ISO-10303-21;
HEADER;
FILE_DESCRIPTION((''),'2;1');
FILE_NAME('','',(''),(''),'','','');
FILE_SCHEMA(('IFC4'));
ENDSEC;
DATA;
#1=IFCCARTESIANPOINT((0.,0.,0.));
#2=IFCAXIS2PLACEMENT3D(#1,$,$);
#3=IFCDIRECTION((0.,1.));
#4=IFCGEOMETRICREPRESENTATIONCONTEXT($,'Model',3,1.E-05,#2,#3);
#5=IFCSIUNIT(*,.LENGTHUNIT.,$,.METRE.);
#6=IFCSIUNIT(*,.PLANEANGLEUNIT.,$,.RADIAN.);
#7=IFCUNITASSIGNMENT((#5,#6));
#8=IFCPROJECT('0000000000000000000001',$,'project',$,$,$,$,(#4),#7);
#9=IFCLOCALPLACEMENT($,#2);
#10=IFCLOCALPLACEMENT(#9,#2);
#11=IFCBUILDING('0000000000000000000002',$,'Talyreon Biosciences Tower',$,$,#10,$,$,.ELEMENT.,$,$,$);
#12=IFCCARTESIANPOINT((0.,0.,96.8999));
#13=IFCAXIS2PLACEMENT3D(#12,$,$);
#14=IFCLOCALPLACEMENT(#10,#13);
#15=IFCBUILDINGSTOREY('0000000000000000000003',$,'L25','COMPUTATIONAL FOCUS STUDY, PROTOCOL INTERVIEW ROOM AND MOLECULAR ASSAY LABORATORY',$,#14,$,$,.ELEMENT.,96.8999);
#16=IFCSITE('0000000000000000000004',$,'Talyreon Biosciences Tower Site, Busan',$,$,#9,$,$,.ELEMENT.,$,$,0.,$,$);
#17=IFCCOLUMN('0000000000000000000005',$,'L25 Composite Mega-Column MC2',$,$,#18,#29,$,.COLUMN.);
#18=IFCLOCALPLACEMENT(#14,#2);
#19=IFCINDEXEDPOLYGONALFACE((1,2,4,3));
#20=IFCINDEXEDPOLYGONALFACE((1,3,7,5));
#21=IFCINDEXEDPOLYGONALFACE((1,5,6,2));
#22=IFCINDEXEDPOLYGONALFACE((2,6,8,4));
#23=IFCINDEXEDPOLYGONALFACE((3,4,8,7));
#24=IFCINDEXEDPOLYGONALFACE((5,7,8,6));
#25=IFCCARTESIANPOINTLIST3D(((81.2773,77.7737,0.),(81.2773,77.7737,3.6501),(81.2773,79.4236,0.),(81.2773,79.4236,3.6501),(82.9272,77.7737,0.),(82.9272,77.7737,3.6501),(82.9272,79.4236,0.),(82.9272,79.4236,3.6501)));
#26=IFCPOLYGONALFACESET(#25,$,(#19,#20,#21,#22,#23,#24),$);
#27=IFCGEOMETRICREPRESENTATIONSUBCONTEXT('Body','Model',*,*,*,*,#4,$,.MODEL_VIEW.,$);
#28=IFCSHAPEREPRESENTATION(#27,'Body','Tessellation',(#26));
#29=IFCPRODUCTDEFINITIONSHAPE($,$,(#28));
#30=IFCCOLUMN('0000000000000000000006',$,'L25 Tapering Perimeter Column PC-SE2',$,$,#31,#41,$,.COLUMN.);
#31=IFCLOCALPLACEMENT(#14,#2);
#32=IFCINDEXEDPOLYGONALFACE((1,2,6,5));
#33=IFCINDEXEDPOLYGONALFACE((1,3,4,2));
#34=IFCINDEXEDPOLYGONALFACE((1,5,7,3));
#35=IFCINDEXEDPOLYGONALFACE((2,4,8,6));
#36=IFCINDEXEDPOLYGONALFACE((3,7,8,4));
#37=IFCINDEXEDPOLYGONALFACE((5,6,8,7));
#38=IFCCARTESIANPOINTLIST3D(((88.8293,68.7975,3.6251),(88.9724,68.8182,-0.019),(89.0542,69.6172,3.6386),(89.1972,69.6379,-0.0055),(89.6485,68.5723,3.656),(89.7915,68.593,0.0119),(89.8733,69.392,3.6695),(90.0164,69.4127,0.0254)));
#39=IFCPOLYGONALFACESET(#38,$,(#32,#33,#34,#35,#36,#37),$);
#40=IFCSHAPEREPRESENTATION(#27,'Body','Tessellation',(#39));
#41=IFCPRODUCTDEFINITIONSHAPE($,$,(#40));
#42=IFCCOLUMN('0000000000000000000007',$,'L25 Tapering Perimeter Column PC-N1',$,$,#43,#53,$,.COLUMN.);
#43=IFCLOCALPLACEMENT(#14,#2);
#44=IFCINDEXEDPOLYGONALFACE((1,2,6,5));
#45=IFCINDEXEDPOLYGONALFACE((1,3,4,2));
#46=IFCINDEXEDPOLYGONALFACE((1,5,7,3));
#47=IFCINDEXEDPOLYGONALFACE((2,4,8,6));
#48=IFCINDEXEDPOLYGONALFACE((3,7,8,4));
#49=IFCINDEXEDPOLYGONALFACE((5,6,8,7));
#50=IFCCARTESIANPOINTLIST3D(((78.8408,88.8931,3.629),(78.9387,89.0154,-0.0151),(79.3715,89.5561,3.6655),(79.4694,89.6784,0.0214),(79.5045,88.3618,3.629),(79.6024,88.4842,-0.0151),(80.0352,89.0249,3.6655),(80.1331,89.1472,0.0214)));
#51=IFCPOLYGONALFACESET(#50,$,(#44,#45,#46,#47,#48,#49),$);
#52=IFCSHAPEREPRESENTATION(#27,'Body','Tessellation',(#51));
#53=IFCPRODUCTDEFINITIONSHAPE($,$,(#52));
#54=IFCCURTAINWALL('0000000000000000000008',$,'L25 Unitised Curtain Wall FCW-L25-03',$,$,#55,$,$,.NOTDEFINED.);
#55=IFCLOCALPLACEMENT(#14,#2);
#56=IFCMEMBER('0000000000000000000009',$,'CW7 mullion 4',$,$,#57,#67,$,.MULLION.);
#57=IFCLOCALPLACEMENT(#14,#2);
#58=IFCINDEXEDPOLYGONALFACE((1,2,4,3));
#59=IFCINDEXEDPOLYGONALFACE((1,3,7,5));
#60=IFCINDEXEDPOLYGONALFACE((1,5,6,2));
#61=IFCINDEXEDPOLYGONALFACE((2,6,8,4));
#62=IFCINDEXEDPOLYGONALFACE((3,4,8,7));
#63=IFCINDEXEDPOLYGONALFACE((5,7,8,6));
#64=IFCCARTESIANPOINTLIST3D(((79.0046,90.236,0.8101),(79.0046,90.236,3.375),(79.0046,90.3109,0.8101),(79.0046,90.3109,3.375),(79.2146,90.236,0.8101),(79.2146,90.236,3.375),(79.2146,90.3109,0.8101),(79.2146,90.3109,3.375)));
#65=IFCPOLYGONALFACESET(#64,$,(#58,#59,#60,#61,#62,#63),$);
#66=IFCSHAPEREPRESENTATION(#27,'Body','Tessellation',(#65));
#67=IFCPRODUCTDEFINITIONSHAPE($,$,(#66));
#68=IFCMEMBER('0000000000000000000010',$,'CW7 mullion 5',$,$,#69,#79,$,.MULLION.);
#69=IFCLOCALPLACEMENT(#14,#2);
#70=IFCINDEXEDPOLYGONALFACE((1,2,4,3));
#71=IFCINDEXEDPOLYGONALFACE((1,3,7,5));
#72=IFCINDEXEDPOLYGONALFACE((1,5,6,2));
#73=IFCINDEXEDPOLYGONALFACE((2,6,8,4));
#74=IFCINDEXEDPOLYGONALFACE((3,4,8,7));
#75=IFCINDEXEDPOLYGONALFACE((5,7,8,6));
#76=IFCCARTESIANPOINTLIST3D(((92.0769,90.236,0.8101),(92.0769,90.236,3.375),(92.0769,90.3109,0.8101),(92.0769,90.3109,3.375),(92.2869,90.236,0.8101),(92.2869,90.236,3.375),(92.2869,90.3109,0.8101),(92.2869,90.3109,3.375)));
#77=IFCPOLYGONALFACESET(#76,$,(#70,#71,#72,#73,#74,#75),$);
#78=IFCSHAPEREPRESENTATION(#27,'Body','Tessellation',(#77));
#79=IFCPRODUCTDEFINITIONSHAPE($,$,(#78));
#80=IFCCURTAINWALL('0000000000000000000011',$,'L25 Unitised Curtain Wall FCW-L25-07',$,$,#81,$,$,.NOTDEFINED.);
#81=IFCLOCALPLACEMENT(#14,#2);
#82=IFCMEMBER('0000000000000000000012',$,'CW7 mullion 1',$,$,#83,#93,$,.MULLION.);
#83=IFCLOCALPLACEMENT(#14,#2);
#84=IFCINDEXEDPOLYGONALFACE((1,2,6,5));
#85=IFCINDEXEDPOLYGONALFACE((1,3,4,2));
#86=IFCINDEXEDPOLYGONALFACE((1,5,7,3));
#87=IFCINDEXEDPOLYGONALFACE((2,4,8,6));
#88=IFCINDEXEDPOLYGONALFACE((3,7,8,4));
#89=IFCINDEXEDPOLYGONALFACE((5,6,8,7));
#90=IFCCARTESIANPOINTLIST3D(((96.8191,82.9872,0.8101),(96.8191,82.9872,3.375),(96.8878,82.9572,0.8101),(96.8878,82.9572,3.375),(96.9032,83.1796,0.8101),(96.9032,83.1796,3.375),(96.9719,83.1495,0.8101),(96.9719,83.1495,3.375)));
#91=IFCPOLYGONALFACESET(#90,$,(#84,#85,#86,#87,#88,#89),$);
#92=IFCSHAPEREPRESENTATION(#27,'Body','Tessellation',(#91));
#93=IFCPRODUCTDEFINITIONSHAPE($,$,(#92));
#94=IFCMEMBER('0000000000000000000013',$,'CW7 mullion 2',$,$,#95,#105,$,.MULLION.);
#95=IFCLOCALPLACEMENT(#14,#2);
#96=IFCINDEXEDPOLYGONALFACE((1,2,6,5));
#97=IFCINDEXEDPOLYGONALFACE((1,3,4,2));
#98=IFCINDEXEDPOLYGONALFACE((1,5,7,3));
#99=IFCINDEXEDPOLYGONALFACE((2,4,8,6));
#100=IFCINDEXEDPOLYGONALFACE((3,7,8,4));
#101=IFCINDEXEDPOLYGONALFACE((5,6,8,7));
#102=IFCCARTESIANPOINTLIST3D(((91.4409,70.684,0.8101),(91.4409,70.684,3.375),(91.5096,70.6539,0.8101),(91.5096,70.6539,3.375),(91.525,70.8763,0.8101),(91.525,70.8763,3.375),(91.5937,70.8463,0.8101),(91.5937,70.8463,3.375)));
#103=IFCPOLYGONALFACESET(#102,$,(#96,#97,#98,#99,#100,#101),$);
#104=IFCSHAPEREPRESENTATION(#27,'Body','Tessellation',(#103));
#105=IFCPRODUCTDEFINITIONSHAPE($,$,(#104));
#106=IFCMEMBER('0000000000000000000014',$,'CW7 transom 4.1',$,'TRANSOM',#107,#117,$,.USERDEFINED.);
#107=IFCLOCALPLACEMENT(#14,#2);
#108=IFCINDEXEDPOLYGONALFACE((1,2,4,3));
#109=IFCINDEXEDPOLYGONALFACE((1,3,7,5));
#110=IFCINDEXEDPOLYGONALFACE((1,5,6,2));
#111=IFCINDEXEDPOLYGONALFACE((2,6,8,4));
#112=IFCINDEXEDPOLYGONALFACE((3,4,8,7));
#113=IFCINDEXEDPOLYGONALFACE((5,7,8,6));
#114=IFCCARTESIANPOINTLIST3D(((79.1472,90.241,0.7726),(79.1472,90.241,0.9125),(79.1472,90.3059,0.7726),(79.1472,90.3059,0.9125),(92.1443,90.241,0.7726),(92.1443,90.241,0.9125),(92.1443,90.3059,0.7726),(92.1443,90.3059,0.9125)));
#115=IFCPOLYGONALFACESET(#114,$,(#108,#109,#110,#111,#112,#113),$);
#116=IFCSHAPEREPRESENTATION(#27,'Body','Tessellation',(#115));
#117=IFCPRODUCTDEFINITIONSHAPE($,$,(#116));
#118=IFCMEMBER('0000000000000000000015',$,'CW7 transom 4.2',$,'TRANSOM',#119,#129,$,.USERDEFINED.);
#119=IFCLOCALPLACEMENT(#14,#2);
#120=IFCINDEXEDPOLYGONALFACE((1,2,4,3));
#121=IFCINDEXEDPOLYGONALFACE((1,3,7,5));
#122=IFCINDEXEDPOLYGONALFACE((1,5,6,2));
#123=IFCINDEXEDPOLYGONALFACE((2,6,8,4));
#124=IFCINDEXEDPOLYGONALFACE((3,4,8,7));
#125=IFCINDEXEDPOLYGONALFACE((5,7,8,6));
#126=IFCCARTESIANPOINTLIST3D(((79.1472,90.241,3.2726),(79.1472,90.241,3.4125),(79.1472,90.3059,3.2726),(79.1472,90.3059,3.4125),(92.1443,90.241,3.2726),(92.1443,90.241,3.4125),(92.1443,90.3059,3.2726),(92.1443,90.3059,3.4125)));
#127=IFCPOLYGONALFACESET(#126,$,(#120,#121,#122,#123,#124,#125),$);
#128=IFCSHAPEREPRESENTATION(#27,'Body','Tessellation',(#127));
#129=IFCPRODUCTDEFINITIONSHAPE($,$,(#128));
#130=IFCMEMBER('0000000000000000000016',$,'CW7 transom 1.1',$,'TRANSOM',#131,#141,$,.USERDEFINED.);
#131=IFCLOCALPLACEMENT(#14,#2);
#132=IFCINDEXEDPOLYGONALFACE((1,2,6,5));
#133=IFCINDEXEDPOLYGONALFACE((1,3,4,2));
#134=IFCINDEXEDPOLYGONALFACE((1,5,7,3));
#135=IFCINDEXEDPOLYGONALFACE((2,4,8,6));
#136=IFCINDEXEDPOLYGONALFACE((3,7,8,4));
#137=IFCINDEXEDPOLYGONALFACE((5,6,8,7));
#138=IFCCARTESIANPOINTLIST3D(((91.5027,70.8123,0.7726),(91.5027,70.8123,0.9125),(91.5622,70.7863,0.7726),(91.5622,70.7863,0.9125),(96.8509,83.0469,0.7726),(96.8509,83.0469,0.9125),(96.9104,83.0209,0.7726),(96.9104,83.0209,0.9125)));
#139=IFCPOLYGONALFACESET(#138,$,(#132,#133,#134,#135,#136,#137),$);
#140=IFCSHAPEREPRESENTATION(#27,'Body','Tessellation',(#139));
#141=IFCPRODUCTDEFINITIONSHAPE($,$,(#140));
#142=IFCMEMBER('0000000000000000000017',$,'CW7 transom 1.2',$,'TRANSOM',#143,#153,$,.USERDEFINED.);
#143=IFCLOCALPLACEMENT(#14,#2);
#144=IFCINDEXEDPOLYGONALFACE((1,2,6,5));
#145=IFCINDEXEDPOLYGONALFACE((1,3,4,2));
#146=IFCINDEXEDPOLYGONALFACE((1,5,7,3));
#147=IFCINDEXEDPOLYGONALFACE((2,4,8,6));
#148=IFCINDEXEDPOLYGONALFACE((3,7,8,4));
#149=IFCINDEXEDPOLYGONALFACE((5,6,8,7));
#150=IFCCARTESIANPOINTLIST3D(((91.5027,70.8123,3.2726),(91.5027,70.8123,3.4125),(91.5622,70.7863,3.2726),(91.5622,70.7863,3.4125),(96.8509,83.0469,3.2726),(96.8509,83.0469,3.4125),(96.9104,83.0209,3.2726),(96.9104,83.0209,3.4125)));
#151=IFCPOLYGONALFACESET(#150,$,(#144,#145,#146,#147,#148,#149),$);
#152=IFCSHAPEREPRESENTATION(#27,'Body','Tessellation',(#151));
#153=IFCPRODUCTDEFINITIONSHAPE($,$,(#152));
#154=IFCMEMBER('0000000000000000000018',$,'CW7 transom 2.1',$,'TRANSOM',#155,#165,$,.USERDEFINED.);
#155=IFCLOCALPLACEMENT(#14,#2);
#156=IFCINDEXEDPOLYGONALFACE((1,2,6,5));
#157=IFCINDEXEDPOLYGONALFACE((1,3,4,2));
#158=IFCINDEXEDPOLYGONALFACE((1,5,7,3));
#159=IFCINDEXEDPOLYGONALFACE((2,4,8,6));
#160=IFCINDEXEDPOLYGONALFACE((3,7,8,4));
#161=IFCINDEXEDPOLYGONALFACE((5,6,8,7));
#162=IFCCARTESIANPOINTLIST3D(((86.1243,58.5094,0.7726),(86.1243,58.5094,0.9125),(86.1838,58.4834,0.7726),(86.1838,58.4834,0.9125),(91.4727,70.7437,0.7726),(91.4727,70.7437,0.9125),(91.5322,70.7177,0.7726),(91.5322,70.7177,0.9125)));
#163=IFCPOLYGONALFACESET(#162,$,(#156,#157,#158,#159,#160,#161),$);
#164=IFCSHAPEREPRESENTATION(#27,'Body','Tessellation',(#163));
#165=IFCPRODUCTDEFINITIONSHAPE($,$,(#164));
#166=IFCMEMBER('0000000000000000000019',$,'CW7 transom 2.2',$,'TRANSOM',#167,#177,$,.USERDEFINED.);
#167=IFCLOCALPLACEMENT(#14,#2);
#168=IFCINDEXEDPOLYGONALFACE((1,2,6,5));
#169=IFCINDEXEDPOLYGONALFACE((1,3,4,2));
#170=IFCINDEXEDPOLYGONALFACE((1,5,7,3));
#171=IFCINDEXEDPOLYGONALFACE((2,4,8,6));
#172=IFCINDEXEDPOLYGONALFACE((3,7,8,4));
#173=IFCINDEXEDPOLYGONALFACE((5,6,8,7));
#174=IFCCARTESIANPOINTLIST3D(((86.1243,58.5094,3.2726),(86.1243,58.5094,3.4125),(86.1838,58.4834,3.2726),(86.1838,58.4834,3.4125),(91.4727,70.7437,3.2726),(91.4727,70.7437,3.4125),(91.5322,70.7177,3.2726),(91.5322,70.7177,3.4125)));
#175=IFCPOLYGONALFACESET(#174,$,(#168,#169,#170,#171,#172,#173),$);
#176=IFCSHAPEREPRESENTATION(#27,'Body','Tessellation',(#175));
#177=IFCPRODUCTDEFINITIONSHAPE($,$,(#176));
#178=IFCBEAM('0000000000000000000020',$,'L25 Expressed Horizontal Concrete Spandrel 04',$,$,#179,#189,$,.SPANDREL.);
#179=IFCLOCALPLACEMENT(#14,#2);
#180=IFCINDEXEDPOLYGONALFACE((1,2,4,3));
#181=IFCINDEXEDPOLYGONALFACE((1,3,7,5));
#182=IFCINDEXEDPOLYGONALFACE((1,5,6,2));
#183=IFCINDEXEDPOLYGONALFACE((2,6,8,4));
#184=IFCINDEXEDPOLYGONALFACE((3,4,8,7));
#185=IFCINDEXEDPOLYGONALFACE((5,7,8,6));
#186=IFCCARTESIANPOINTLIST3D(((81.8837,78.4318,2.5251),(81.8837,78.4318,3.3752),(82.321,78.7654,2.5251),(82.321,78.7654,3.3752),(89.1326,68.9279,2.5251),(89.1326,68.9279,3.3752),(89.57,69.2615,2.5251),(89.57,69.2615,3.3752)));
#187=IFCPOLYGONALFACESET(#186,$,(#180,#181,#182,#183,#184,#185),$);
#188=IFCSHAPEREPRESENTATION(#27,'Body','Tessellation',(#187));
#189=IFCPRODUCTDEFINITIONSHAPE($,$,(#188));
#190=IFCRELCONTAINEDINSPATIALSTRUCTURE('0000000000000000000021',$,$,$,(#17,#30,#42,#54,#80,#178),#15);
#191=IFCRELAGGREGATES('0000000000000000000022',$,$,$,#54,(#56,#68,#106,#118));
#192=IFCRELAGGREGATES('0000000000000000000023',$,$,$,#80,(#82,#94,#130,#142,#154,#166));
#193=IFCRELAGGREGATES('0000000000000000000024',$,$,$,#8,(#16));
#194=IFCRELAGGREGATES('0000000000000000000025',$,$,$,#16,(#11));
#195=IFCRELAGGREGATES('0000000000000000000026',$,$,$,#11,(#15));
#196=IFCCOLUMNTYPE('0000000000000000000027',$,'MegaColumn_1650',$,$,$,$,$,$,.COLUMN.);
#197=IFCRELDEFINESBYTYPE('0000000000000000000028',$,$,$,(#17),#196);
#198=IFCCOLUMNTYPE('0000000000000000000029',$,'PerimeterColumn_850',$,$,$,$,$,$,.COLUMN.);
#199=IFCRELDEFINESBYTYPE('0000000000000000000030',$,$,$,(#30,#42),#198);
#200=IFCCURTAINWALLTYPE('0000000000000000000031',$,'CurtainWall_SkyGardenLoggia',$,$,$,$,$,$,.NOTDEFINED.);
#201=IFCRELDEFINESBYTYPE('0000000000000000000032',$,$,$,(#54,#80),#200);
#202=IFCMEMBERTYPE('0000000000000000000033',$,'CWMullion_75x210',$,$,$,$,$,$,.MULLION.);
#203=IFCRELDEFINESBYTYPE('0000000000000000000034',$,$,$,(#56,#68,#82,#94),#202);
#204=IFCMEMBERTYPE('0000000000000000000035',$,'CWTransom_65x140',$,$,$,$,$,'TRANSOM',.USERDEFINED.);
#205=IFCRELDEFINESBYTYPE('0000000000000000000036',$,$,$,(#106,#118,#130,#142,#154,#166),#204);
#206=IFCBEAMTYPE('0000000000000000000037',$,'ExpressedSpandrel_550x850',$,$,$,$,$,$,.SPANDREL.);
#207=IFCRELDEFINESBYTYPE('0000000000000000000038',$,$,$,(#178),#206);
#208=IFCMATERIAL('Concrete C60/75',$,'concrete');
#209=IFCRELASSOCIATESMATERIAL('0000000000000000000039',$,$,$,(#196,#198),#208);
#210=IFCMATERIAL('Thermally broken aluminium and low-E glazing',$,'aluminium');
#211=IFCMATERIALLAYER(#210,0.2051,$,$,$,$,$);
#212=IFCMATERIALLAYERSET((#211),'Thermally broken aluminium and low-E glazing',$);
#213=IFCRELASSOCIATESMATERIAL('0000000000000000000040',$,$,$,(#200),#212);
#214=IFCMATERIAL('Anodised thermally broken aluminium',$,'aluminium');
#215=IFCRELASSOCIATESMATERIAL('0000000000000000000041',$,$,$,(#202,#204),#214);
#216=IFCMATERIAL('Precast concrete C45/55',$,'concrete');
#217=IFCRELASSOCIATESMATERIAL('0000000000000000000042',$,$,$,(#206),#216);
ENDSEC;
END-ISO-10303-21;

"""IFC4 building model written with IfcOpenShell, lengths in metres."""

from ifc_helpers import new_model, si_unit, direction, frame, origin, origin_2d, place, context, subcontext, project, spatial, rectangle, extrude, material, layer, layer_set, material_profile, profile_set, type_object, element, aggregate, save


model = new_model("IFC4")

# Units and contexts
model_context = context("Model", 3, precision=1e-05, world=origin(), true_north=direction((0.0, 1.0)))
body_context = subcontext(model_context, "Body", "Model", "MODEL_VIEW")
ifc_project = project(units=[si_unit("LENGTHUNIT", "METRE"), si_unit("PLANEANGLEUNIT", "RADIAN")], contexts=[model_context])

# Site, building, storey
site_placement = place(None, origin())
site = spatial("IfcSite", under=ifc_project, at=site_placement, Name="Talyreon Biosciences Tower Site, Busan", CompositionType="ELEMENT", RefElevation=0.0)
building_placement = place(site_placement, origin())
building = spatial("IfcBuilding", under=site, at=building_placement, Name="Talyreon Biosciences Tower", CompositionType="ELEMENT")
storey_placement = place(building_placement, frame((0.0, 0.0, 96.8999)))
storey = spatial("IfcBuildingStorey", under=building, at=storey_placement, Name="L25", Description="COMPUTATIONAL FOCUS STUDY, PROTOCOL INTERVIEW ROOM AND MOLECULAR ASSAY LABORATORY", CompositionType="ELEMENT", Elevation=96.8999)

# Columns
ifc_material_1 = material(Name="Concrete C60/75", Category="concrete")
ifc_material_profile_1 = material_profile(ifc_material_1, rectangle(XDim=1.6499, YDim=1.6499, at=origin_2d()), Name="RC 1650x1650")
ifc_profile_set_1 = profile_set([ifc_material_profile_1], Name="Concrete C60/75")
column_type_1 = type_object("IfcColumnType", Name="MegaColumn_1650", PredefinedType="COLUMN", material=ifc_profile_set_1)
column_1_placement = place(storey_placement, frame((82.1023, 78.5986, 0.0), z_axis=(0.0, 0.0, 1.0), x_axis=(1.0, 0.0, 0.0)))
element("IfcColumn", 1, at=column_1_placement, inside=storey, type_object=column_type_1, Name="L25 Composite Mega-Column MC2", PredefinedType="COLUMN", context=body_context, shape_type="SweptSolid", body=[
    extrude(rectangle(XDim=1.6499, YDim=1.6499, at=origin_2d()), origin(), (0.0, 0.0, 1.0), 3.6501),
])
ifc_material_profile_2 = material_profile(ifc_material_1, rectangle(XDim=0.8501, YDim=0.8501, at=origin_2d()), Name="RC 850x850")
ifc_profile_set_2 = profile_set([ifc_material_profile_2], Name="Concrete C60/75")
column_type_2 = type_object("IfcColumnType", Name="PerimeterColumn_850", PredefinedType="COLUMN", material=ifc_profile_set_2)
column_2_placement = place(storey_placement, frame((89.4944, 69.1155, 0.0032), z_axis=(-0.039229, -0.00569, 0.999214), x_axis=(0.963588, -0.264915, 0.036322)))
element("IfcColumn", 2, at=column_2_placement, inside=storey, type_object=column_type_2, Name="L25 Tapering Perimeter Column PC-SE2", PredefinedType="COLUMN", context=body_context, shape_type="SweptSolid", body=[
    extrude(rectangle(XDim=0.8501, YDim=0.8501, at=origin_2d()), origin(), (0.0, 0.0, 1.0), 3.647),
])
column_3_placement = place(storey_placement, frame((79.5359, 89.0813, 0.0032), z_axis=(-0.026841, -0.033535, 0.999077), x_axis=(-0.780717, 0.624885, 0.0)))
element("IfcColumn", 3, at=column_3_placement, inside=storey, type_object=column_type_2, Name="L25 Tapering Perimeter Column PC-N1", PredefinedType="COLUMN", context=body_context, shape_type="SweptSolid", body=[
    extrude(rectangle(XDim=0.8501, YDim=0.8501, at=origin_2d()), origin(), (0.0, 0.0, 1.0), 3.6475),
])

# Curtain walls, members
ifc_material_2 = material(Name="Thermally broken aluminium and low-E glazing", Category="aluminium")
ifc_layer_1 = layer(ifc_material_2, 0.2051)
ifc_layer_set_1 = layer_set([ifc_layer_1], Name="Thermally broken aluminium and low-E glazing")
curtain_wall_type = type_object("IfcCurtainWallType", Name="CurtainWall_SkyGardenLoggia", PredefinedType="NOTDEFINED", material=ifc_layer_set_1)
curtain_wall_1_placement = place(storey_placement, origin())
curtain_wall_1 = element("IfcCurtainWall", 4, at=curtain_wall_1_placement, inside=storey, type_object=curtain_wall_type, Name="L25 Unitised Curtain Wall FCW-L25-03", PredefinedType="NOTDEFINED")
ifc_material_3 = material(Name="Anodised thermally broken aluminium", Category="aluminium")
ifc_material_profile_3 = material_profile(ifc_material_3, rectangle(XDim=0.075, YDim=0.21, at=origin_2d()), Name="ALUM MULLION 75x210")
ifc_profile_set_3 = profile_set([ifc_material_profile_3], Name="Anodised thermally broken aluminium")
member_type_1 = type_object("IfcMemberType", Name="CWMullion_75x210", PredefinedType="MULLION", material=ifc_profile_set_3)
member_1_placement = place(storey_placement, frame((79.1096, 90.2734, 0.8101), z_axis=(0.0, 0.0, 1.0), x_axis=(0.0, 1.0, 0.0)))
member_1 = element("IfcMember", 5, at=member_1_placement, type_object=member_type_1, Name="CW7 mullion 4", PredefinedType="MULLION", context=body_context, shape_type="SweptSolid", body=[
    extrude(rectangle(XDim=0.075, YDim=0.21, at=origin_2d()), origin(), (0.0, 0.0, 1.0), 2.5649),
])
member_2_placement = place(storey_placement, frame((92.1819, 90.2734, 0.8101), z_axis=(0.0, 0.0, 1.0), x_axis=(0.0, 1.0, 0.0)))
member_2 = element("IfcMember", 6, at=member_2_placement, type_object=member_type_1, Name="CW7 mullion 5", PredefinedType="MULLION", context=body_context, shape_type="SweptSolid", body=[
    extrude(rectangle(XDim=0.075, YDim=0.21, at=origin_2d()), origin(), (0.0, 0.0, 1.0), 2.5649),
])
curtain_wall_2_placement = place(storey_placement, origin())
curtain_wall_2 = element("IfcCurtainWall", 7, at=curtain_wall_2_placement, inside=storey, type_object=curtain_wall_type, Name="L25 Unitised Curtain Wall FCW-L25-07", PredefinedType="NOTDEFINED")
member_3_placement = place(storey_placement, frame((96.8955, 83.0684, 0.8101), z_axis=(0.0, 0.0, 1.0), x_axis=(0.916278, -0.400543, 0.0)))
member_3 = element("IfcMember", 8, at=member_3_placement, type_object=member_type_1, Name="CW7 mullion 1", PredefinedType="MULLION", context=body_context, shape_type="SweptSolid", body=[
    extrude(rectangle(XDim=0.075, YDim=0.21, at=origin_2d()), origin(), (0.0, 0.0, 1.0), 2.5649),
])
member_4_placement = place(storey_placement, frame((91.5173, 70.7651, 0.8101), z_axis=(0.0, 0.0, 1.0), x_axis=(0.916278, -0.400543, 0.0)))
member_4 = element("IfcMember", 9, at=member_4_placement, type_object=member_type_1, Name="CW7 mullion 2", PredefinedType="MULLION", context=body_context, shape_type="SweptSolid", body=[
    extrude(rectangle(XDim=0.075, YDim=0.21, at=origin_2d()), origin(), (0.0, 0.0, 1.0), 2.5649),
])

# Members
ifc_material_profile_4 = material_profile(ifc_material_3, rectangle(XDim=0.0649, YDim=0.1399, at=origin_2d()), Name="ALUM TRANSOM 65x140")
ifc_profile_set_4 = profile_set([ifc_material_profile_4], Name="Anodised thermally broken aluminium")
member_type_2 = type_object("IfcMemberType", Name="CWTransom_65x140", ElementType="TRANSOM", PredefinedType="USERDEFINED", material=ifc_profile_set_4)
member_5_placement = place(storey_placement, frame((79.1472, 90.2734, 0.8425), z_axis=(1.0, 0.0, 0.0), x_axis=(0.0, 1.0, 0.0)))
member_5 = element("IfcMember", 10, at=member_5_placement, type_object=member_type_2, Name="CW7 transom 4.1", ObjectType="TRANSOM", PredefinedType="USERDEFINED", context=body_context, shape_type="SweptSolid", body=[
    extrude(rectangle(XDim=0.0649, YDim=0.1399, at=origin_2d()), origin(), (0.0, 0.0, 1.0), 12.9971),
])
member_6_placement = place(storey_placement, frame((79.1472, 90.2734, 3.3425), z_axis=(1.0, 0.0, 0.0), x_axis=(0.0, 1.0, 0.0)))
member_6 = element("IfcMember", 11, at=member_6_placement, type_object=member_type_2, Name="CW7 transom 4.2", ObjectType="TRANSOM", PredefinedType="USERDEFINED", context=body_context, shape_type="SweptSolid", body=[
    extrude(rectangle(XDim=0.0649, YDim=0.1399, at=origin_2d()), origin(), (0.0, 0.0, 1.0), 12.9971),
])
member_7_placement = place(storey_placement, frame((96.8806, 83.0339, 0.8425), z_axis=(-0.400536, -0.916281, 0.0), x_axis=(0.916281, -0.400536, 0.0)))
member_7 = element("IfcMember", 12, at=member_7_placement, type_object=member_type_2, Name="CW7 transom 1.1", ObjectType="TRANSOM", PredefinedType="USERDEFINED", context=body_context, shape_type="SweptSolid", body=[
    extrude(rectangle(XDim=0.0649, YDim=0.1399, at=origin_2d()), origin(), (0.0, 0.0, 1.0), 13.3525),
])
member_8_placement = place(storey_placement, frame((96.8806, 83.0339, 3.3425), z_axis=(-0.400536, -0.916281, 0.0), x_axis=(0.916281, -0.400536, 0.0)))
member_8 = element("IfcMember", 13, at=member_8_placement, type_object=member_type_2, Name="CW7 transom 1.2", ObjectType="TRANSOM", PredefinedType="USERDEFINED", context=body_context, shape_type="SweptSolid", body=[
    extrude(rectangle(XDim=0.0649, YDim=0.1399, at=origin_2d()), origin(), (0.0, 0.0, 1.0), 13.3525),
])
member_9_placement = place(storey_placement, frame((91.5024, 70.7307, 0.8425), z_axis=(-0.400558, -0.916271, 0.0), x_axis=(0.916271, -0.400558, 0.0)))
member_9 = element("IfcMember", 14, at=member_9_placement, type_object=member_type_2, Name="CW7 transom 2.1", ObjectType="TRANSOM", PredefinedType="USERDEFINED", context=body_context, shape_type="SweptSolid", body=[
    extrude(rectangle(XDim=0.0649, YDim=0.1399, at=origin_2d()), origin(), (0.0, 0.0, 1.0), 13.3523),
])
member_10_placement = place(storey_placement, frame((91.5024, 70.7307, 3.3425), z_axis=(-0.400558, -0.916271, 0.0), x_axis=(0.916271, -0.400558, 0.0)))
member_10 = element("IfcMember", 15, at=member_10_placement, type_object=member_type_2, Name="CW7 transom 2.2", ObjectType="TRANSOM", PredefinedType="USERDEFINED", context=body_context, shape_type="SweptSolid", body=[
    extrude(rectangle(XDim=0.0649, YDim=0.1399, at=origin_2d()), origin(), (0.0, 0.0, 1.0), 13.3523),
])

# Beam
ifc_material_4 = material(Name="Precast concrete C45/55", Category="concrete")
ifc_material_profile_5 = material_profile(ifc_material_4, rectangle(XDim=0.55, YDim=0.8501, at=origin_2d()), Name="RCB 550x850")
ifc_profile_set_5 = profile_set([ifc_material_profile_5], Name="Precast concrete C45/55")
beam_type_1 = type_object("IfcBeamType", Name="ExpressedSpandrel_550x850", PredefinedType="SPANDREL", material=ifc_profile_set_5)
beam_1_placement = place(storey_placement, frame((89.3513, 69.0947, 2.9502), z_axis=(-0.606464, 0.795111, 0.0), x_axis=(-0.795111, -0.606464, 0.0)))
element("IfcBeam", 16, at=beam_1_placement, inside=storey, type_object=beam_type_1, Name="L25 Expressed Horizontal Concrete Spandrel 04", PredefinedType="SPANDREL", context=body_context, shape_type="SweptSolid", body=[
    extrude(rectangle(XDim=0.55, YDim=0.8501, at=origin_2d()), origin(), (0.0, 0.0, 1.0), 11.9529),
])

aggregate(curtain_wall_1, [member_1, member_2, member_5, member_6])
aggregate(curtain_wall_2, [member_3, member_4, member_7, member_8, member_9, member_10])

save(model, "model.ifc")
